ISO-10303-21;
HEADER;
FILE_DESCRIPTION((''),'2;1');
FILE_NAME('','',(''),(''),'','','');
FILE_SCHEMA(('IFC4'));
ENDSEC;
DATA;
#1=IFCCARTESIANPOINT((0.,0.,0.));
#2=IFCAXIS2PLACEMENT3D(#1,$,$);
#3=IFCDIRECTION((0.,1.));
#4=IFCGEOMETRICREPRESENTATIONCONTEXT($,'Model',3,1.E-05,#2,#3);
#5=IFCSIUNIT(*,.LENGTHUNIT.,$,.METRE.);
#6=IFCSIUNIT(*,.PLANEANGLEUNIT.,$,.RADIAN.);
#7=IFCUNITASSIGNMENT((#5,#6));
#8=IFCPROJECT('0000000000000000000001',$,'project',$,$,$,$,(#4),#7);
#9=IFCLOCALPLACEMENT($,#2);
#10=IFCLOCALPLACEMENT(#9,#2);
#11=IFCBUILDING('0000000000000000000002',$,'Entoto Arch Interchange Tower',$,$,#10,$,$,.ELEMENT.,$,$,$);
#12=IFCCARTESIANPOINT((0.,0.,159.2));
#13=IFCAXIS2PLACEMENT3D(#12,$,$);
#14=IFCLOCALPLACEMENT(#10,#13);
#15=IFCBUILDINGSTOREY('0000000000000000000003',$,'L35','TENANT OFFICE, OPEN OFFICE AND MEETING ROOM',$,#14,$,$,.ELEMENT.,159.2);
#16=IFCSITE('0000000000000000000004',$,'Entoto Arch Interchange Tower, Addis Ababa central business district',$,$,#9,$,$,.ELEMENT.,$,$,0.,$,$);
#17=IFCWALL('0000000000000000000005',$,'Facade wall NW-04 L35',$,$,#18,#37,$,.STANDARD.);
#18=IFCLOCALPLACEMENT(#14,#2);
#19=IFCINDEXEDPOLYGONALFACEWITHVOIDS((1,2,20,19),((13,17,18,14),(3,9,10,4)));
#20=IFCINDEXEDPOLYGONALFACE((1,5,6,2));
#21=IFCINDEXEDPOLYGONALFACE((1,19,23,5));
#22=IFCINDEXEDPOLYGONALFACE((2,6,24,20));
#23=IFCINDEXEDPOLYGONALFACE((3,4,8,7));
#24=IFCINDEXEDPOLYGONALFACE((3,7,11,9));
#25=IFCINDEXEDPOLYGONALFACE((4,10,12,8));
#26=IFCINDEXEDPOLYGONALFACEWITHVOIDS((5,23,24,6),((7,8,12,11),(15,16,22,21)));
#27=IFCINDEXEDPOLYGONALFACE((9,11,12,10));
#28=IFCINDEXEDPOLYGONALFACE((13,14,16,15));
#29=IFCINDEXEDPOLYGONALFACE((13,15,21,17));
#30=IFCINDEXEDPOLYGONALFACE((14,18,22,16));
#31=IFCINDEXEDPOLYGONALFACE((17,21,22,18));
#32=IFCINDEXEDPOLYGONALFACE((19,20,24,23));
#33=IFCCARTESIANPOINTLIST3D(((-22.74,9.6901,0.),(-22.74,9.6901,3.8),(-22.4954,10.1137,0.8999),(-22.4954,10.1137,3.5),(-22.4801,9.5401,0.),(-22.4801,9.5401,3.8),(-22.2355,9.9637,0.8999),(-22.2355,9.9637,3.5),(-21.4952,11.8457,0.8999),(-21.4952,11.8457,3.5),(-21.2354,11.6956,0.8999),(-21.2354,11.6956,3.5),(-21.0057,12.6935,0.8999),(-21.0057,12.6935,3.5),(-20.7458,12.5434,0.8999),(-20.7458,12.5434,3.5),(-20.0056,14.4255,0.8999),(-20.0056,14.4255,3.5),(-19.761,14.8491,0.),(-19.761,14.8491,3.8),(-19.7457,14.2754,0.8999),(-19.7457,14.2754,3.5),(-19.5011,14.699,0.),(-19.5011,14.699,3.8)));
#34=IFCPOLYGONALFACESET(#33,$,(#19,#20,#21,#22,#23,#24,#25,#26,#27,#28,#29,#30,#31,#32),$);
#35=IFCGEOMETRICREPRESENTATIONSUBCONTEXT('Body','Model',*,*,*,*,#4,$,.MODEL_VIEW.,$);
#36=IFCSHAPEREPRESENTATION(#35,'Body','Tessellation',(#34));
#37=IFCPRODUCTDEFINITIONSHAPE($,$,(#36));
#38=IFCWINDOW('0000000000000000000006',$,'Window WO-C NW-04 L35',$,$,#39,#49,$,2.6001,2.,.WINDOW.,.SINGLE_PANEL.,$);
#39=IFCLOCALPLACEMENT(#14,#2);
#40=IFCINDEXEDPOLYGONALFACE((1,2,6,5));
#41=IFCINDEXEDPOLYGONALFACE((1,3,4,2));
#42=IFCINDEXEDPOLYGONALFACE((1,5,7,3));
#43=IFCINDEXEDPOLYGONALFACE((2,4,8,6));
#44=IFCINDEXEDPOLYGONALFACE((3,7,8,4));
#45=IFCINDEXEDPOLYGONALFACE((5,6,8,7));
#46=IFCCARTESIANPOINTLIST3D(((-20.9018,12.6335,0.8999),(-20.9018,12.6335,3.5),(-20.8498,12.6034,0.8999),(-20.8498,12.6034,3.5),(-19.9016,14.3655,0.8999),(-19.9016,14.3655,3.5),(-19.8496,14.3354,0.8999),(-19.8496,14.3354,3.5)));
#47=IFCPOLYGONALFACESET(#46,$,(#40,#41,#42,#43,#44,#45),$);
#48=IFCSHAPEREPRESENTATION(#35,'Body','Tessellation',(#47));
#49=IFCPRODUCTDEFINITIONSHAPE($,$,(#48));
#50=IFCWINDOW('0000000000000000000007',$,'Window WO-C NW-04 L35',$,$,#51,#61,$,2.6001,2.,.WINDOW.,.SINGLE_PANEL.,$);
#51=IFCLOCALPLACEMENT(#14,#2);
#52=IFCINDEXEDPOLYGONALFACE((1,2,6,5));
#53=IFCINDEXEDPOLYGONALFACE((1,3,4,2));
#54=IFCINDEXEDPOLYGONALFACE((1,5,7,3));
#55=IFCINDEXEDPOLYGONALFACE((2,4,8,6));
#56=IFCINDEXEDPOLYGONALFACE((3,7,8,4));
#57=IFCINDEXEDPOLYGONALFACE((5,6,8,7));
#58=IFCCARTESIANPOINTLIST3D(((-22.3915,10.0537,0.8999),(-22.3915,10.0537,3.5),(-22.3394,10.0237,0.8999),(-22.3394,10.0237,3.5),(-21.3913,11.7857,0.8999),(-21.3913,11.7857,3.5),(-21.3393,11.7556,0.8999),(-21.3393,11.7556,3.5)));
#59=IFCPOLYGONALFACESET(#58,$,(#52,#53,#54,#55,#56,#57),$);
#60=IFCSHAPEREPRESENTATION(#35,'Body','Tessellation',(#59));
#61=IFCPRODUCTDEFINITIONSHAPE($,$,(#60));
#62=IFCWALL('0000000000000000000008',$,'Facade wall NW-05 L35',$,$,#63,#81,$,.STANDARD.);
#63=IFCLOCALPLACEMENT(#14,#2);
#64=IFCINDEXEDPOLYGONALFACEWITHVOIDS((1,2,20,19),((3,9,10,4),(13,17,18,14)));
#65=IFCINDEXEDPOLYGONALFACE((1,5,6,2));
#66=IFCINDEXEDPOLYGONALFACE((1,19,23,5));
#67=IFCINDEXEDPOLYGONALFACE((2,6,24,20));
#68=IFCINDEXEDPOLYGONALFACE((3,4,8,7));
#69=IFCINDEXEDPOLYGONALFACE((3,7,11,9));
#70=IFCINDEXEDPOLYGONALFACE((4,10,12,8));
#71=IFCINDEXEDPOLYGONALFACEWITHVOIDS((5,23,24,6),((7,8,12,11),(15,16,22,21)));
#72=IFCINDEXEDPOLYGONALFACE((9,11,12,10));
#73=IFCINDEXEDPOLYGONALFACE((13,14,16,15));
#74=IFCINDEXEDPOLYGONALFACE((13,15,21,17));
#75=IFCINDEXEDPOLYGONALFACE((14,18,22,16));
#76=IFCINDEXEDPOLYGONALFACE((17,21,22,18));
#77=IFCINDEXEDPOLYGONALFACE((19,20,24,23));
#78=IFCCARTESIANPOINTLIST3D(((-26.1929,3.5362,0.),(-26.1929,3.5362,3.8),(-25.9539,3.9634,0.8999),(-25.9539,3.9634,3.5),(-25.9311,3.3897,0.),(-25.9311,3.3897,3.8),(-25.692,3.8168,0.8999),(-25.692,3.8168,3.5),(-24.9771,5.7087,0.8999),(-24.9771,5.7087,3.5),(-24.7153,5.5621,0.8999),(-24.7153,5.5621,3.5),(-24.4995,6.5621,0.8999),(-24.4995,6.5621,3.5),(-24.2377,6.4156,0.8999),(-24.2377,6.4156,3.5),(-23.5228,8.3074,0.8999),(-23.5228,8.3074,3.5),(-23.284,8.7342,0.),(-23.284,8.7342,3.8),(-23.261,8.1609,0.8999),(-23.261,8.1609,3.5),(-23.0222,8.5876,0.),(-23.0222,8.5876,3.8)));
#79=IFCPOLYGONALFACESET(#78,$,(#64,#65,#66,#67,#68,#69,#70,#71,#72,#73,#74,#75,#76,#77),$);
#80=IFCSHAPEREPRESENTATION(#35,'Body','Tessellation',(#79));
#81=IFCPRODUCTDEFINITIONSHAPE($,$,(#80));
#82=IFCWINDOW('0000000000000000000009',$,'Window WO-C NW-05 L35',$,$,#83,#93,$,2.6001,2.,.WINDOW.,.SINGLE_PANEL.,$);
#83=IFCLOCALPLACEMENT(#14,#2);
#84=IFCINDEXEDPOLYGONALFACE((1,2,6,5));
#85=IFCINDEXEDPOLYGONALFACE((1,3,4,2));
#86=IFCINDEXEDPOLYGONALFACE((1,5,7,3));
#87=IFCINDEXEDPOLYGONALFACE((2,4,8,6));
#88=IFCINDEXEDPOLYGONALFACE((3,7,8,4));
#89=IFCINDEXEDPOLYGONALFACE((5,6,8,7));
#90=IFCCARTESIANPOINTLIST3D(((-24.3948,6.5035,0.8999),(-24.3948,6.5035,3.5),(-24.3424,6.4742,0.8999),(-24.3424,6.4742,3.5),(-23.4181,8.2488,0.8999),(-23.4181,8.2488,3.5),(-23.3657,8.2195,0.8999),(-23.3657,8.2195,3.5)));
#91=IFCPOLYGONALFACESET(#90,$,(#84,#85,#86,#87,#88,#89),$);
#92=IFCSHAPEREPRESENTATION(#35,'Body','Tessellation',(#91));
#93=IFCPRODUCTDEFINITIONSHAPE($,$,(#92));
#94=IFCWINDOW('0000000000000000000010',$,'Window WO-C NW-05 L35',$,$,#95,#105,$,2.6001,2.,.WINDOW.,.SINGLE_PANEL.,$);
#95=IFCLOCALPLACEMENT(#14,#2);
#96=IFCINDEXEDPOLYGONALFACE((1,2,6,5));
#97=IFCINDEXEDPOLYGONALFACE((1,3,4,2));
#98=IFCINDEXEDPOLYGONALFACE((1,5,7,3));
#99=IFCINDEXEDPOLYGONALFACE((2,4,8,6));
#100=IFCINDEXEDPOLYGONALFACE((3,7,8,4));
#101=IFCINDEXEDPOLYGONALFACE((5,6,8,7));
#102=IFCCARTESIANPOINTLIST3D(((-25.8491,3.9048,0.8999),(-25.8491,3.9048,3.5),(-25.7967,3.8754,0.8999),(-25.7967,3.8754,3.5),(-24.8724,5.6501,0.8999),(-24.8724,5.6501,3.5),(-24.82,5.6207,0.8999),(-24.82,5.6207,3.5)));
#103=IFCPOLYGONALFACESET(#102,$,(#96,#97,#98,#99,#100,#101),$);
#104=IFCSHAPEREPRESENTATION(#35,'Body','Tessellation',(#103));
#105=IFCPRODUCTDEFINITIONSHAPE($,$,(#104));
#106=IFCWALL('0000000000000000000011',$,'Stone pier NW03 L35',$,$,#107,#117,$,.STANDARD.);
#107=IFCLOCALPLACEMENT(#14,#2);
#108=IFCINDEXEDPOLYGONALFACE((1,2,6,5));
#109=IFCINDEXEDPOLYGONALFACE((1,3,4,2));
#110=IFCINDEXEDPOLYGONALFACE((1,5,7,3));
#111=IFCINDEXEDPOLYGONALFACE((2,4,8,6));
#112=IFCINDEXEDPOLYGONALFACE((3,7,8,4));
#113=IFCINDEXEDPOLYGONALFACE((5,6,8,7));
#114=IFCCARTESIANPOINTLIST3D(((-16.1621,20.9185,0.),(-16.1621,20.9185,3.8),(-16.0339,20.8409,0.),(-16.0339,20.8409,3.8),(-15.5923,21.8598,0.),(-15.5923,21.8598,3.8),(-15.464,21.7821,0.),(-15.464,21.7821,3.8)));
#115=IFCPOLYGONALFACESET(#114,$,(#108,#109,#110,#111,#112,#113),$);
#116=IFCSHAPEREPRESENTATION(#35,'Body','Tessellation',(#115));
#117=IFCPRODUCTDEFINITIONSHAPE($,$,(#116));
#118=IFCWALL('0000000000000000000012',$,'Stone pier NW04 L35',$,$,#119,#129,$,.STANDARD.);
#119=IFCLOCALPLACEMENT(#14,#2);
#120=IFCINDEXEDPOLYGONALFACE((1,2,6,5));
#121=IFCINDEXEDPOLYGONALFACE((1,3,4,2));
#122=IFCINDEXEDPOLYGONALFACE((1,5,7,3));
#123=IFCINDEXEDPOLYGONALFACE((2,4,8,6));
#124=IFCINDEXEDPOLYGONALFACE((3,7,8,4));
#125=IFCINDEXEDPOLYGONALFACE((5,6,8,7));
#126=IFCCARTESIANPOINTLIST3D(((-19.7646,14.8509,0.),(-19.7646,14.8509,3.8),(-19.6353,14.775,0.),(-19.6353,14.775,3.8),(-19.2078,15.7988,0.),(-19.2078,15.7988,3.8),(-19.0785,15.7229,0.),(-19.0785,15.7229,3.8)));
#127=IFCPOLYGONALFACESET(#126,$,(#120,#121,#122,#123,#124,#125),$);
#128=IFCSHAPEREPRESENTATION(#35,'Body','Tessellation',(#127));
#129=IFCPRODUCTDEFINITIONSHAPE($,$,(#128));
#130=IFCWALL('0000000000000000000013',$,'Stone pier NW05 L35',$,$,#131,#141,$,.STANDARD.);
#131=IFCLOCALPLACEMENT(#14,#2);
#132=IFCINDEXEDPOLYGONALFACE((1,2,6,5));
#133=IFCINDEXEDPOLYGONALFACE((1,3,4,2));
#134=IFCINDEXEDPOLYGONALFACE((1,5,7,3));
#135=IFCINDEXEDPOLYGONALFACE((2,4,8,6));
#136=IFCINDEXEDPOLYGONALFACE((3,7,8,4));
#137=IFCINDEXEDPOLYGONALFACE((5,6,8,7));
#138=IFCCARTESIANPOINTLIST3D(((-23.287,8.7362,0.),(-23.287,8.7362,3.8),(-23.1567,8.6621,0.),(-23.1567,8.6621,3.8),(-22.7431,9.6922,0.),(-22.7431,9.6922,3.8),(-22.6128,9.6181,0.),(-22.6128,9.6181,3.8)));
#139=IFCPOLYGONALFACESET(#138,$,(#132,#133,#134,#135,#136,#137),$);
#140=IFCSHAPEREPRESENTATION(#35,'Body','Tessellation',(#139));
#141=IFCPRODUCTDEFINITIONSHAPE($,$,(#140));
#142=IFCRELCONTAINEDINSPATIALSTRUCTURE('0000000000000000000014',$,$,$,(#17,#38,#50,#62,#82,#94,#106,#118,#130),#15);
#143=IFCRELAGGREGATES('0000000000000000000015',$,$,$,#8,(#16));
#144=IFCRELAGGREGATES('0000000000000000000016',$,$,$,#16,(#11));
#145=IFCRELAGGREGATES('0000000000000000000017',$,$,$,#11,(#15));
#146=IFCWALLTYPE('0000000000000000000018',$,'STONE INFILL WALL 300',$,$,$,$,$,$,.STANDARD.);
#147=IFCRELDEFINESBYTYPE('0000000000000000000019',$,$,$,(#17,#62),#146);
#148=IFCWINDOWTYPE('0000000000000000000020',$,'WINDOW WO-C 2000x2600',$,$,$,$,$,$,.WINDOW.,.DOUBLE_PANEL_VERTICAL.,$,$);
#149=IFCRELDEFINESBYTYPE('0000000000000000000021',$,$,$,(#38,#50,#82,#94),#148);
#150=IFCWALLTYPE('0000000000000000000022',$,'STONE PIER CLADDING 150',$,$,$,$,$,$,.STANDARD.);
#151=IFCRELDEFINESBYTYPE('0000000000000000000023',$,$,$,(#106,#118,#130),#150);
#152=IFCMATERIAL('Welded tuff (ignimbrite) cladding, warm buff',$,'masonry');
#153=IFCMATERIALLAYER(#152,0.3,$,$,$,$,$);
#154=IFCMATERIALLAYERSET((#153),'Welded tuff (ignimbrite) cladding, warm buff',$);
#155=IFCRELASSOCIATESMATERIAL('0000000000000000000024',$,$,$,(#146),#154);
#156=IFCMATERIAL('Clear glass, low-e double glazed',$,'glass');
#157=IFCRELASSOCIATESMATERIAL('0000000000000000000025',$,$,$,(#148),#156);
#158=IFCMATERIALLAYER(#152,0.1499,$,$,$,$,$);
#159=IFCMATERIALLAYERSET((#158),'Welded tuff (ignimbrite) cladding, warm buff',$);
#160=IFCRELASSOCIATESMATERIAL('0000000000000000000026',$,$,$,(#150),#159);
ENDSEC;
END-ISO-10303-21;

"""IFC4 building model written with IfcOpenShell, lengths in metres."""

from ifc_helpers import new_model, si_unit, direction, frame, frame_2d, origin, place, context, subcontext, project, spatial, rectangle, extrude, material, layer, layer_set, type_object, element, fill, save


model = new_model("IFC4")

# Units and contexts
model_context = context("Model", 3, precision=1e-05, world=origin(), true_north=direction((0.0, 1.0)))
body_context = subcontext(model_context, "Body", "Model", "MODEL_VIEW")
ifc_project = project(units=[si_unit("LENGTHUNIT", "METRE"), si_unit("PLANEANGLEUNIT", "RADIAN")], contexts=[model_context])

# Site, building, storey
site_placement = place(None, origin())
site = spatial("IfcSite", under=ifc_project, at=site_placement, Name="Entoto Arch Interchange Tower, Addis Ababa central business district", CompositionType="ELEMENT", RefElevation=0.0)
building_placement = place(site_placement, origin())
building = spatial("IfcBuilding", under=site, at=building_placement, Name="Entoto Arch Interchange Tower", CompositionType="ELEMENT")
storey_placement = place(building_placement, frame((0.0, 0.0, 159.2)))
storey = spatial("IfcBuildingStorey", under=building, at=storey_placement, Name="L35", Description="TENANT OFFICE, OPEN OFFICE AND MEETING ROOM", CompositionType="ELEMENT", Elevation=159.2)

# Walls, openings, windows
ifc_material_1 = material(Name="Welded tuff (ignimbrite) cladding, warm buff", Category="masonry")
ifc_layer_1 = layer(ifc_material_1, 0.3)
ifc_layer_set_1 = layer_set([ifc_layer_1], Name="Welded tuff (ignimbrite) cladding, warm buff")
wall_type_1 = type_object("IfcWallType", Name="STONE INFILL WALL 300", PredefinedType="STANDARD", material=ifc_layer_set_1)
ifc_material_2 = material(Name="Clear glass, low-e double glazed", Category="glass")
window_type = type_object("IfcWindowType", Name="WINDOW WO-C 2000x2600", PartitioningType="DOUBLE_PANEL_VERTICAL", PredefinedType="WINDOW", material=ifc_material_2)
wall_1_placement = place(storey_placement, frame((-19.6311, 14.7739, 0.0), z_axis=(0.0, 0.0, 1.0), x_axis=(-0.500062, -0.86599, 0.0)))
wall_1 = element("IfcWall", 1, at=wall_1_placement, inside=storey, type_object=wall_type_1, Name="Facade wall NW-04 L35", PredefinedType="STANDARD", context=body_context, shape_type="SweptSolid", body=[
    extrude(rectangle(XDim=5.9573, YDim=0.3, at=frame_2d((2.9785, 0.0))), origin(), (0.0, 0.0, 1.0), 3.8),
])
opening_1_placement = place(wall_1_placement, frame((0.489, 0.0, 0.8999)))
opening_1 = element("IfcOpeningElement", 2, at=opening_1_placement, cuts=wall_1, PredefinedType="OPENING", context=body_context, shape_type="SweptSolid", body=[
    extrude(rectangle(XDim=2.0, YDim=2.6001, at=frame_2d((1.0, 1.3))), frame((0.0, 0.1602, 0.0), z_axis=(0.0, -1.0, 0.0), x_axis=(1.0, 0.0, 0.0)), (0.0, 0.0, 1.0), 0.3201),
])
opening_2_placement = place(wall_1_placement, frame((3.468, 0.0, 0.8999)))
opening_2 = element("IfcOpeningElement", 3, at=opening_2_placement, cuts=wall_1, PredefinedType="OPENING", context=body_context, shape_type="SweptSolid", body=[
    extrude(rectangle(XDim=2.0, YDim=2.6001, at=frame_2d((1.0, 1.3))), frame((0.0, 0.1602, 0.0), z_axis=(0.0, -1.0, 0.0), x_axis=(1.0, 0.0, 0.0)), (0.0, 0.0, 1.0), 0.3201),
])
window_1_placement = place(opening_1_placement, origin())
window_1 = element("IfcWindow", 4, at=window_1_placement, inside=storey, type_object=window_type, Name="Window WO-C NW-04 L35", OverallHeight=2.6001, OverallWidth=2.0, PartitioningType="SINGLE_PANEL", PredefinedType="WINDOW", context=body_context, shape_type="SweptSolid", body=[
    extrude(rectangle(XDim=2.0, YDim=2.6001, at=frame_2d((1.0, 1.3))), frame((0.0, 0.03, 0.0), z_axis=(0.0, -1.0, 0.0), x_axis=(1.0, 0.0, 0.0)), (0.0, 0.0, 1.0), 0.0601),
])
fill(opening_1, window_1)
window_2_placement = place(opening_2_placement, origin())
window_2 = element("IfcWindow", 5, at=window_2_placement, inside=storey, type_object=window_type, Name="Window WO-C NW-04 L35", OverallHeight=2.6001, OverallWidth=2.0, PartitioningType="SINGLE_PANEL", PredefinedType="WINDOW", context=body_context, shape_type="SweptSolid", body=[
    extrude(rectangle(XDim=2.0, YDim=2.6001, at=frame_2d((1.0, 1.3))), frame((0.0, 0.03, 0.0), z_axis=(0.0, -1.0, 0.0), x_axis=(1.0, 0.0, 0.0)), (0.0, 0.0, 1.0), 0.0601),
])
fill(opening_2, window_2)
wall_2_placement = place(storey_placement, frame((-23.1531, 8.6609, 0.0), z_axis=(0.0, 0.0, 1.0), x_axis=(-0.488355, -0.872645, 0.0)))
wall_2 = element("IfcWall", 6, at=wall_2_placement, inside=storey, type_object=wall_type_1, Name="Facade wall NW-05 L35", PredefinedType="STANDARD", context=body_context, shape_type="SweptSolid", body=[
    extrude(rectangle(XDim=5.9565, YDim=0.3, at=frame_2d((2.9783, 0.0))), origin(), (0.0, 0.0, 1.0), 3.8),
])
opening_3_placement = place(wall_2_placement, frame((0.489, 0.0, 0.8999)))
opening_3 = element("IfcOpeningElement", 7, at=opening_3_placement, cuts=wall_2, PredefinedType="OPENING", context=body_context, shape_type="SweptSolid", body=[
    extrude(rectangle(XDim=2.0, YDim=2.6001, at=frame_2d((1.0, 1.3))), frame((0.0, 0.1602, 0.0), z_axis=(0.0, -1.0, 0.0), x_axis=(1.0, 0.0, 0.0)), (0.0, 0.0, 1.0), 0.3201),
])
opening_4_placement = place(wall_2_placement, frame((3.467, 0.0, 0.8999)))
opening_4 = element("IfcOpeningElement", 8, at=opening_4_placement, cuts=wall_2, PredefinedType="OPENING", context=body_context, shape_type="SweptSolid", body=[
    extrude(rectangle(XDim=2.0, YDim=2.6001, at=frame_2d((1.0, 1.3))), frame((0.0, 0.1602, 0.0), z_axis=(0.0, -1.0, 0.0), x_axis=(1.0, 0.0, 0.0)), (0.0, 0.0, 1.0), 0.3201),
])
window_3_placement = place(opening_3_placement, origin())
window_3 = element("IfcWindow", 9, at=window_3_placement, inside=storey, type_object=window_type, Name="Window WO-C NW-05 L35", OverallHeight=2.6001, OverallWidth=2.0, PartitioningType="SINGLE_PANEL", PredefinedType="WINDOW", context=body_context, shape_type="SweptSolid", body=[
    extrude(rectangle(XDim=2.0, YDim=2.6001, at=frame_2d((1.0, 1.3))), frame((0.0, 0.03, 0.0), z_axis=(0.0, -1.0, 0.0), x_axis=(1.0, 0.0, 0.0)), (0.0, 0.0, 1.0), 0.0601),
])
fill(opening_3, window_3)
window_4_placement = place(opening_4_placement, origin())
window_4 = element("IfcWindow", 10, at=window_4_placement, inside=storey, type_object=window_type, Name="Window WO-C NW-05 L35", OverallHeight=2.6001, OverallWidth=2.0, PartitioningType="SINGLE_PANEL", PredefinedType="WINDOW", context=body_context, shape_type="SweptSolid", body=[
    extrude(rectangle(XDim=2.0, YDim=2.6001, at=frame_2d((1.0, 1.3))), frame((0.0, 0.03, 0.0), z_axis=(0.0, -1.0, 0.0), x_axis=(1.0, 0.0, 0.0)), (0.0, 0.0, 1.0), 0.0601),
])
fill(opening_4, window_4)

# Walls
ifc_layer_2 = layer(ifc_material_1, 0.1499)
ifc_layer_set_2 = layer_set([ifc_layer_2], Name="Welded tuff (ignimbrite) cladding, warm buff")
wall_type_2 = type_object("IfcWallType", Name="STONE PIER CLADDING 150", PredefinedType="STANDARD", material=ifc_layer_set_2)
wall_3_placement = place(storey_placement, frame((-15.5281, 21.821, 0.0), z_axis=(0.0, 0.0, 1.0), x_axis=(-0.517918, -0.85543, 0.0)))
element("IfcWall", 11, at=wall_3_placement, inside=storey, type_object=wall_type_2, Name="Stone pier NW03 L35", PredefinedType="STANDARD", context=body_context, shape_type="SweptSolid", body=[
    extrude(rectangle(XDim=1.1003, YDim=0.1499, at=frame_2d((0.5503, 0.0))), origin(), (0.0, 0.0, 1.0), 3.8),
])
wall_4_placement = place(storey_placement, frame((-19.1431, 15.761, 0.0), z_axis=(0.0, 0.0, 1.0), x_axis=(-0.506506, -0.862237, 0.0)))
element("IfcWall", 12, at=wall_4_placement, inside=storey, type_object=wall_type_2, Name="Stone pier NW04 L35", PredefinedType="STANDARD", context=body_context, shape_type="SweptSolid", body=[
    extrude(rectangle(XDim=1.0994, YDim=0.1499, at=frame_2d((0.5498, 0.0))), origin(), (0.0, 0.0, 1.0), 3.8),
])
wall_5_placement = place(storey_placement, frame((-22.678, 9.655, 0.0), z_axis=(0.0, 0.0, 1.0), x_axis=(-0.494513, -0.86917, 0.0)))
element("IfcWall", 13, at=wall_5_placement, inside=storey, type_object=wall_type_2, Name="Stone pier NW05 L35", PredefinedType="STANDARD", context=body_context, shape_type="SweptSolid", body=[
    extrude(rectangle(XDim=1.0999, YDim=0.1499, at=frame_2d((0.5498, 0.0))), origin(), (0.0, 0.0, 1.0), 3.8),
])

save(model, "model.ifc")
